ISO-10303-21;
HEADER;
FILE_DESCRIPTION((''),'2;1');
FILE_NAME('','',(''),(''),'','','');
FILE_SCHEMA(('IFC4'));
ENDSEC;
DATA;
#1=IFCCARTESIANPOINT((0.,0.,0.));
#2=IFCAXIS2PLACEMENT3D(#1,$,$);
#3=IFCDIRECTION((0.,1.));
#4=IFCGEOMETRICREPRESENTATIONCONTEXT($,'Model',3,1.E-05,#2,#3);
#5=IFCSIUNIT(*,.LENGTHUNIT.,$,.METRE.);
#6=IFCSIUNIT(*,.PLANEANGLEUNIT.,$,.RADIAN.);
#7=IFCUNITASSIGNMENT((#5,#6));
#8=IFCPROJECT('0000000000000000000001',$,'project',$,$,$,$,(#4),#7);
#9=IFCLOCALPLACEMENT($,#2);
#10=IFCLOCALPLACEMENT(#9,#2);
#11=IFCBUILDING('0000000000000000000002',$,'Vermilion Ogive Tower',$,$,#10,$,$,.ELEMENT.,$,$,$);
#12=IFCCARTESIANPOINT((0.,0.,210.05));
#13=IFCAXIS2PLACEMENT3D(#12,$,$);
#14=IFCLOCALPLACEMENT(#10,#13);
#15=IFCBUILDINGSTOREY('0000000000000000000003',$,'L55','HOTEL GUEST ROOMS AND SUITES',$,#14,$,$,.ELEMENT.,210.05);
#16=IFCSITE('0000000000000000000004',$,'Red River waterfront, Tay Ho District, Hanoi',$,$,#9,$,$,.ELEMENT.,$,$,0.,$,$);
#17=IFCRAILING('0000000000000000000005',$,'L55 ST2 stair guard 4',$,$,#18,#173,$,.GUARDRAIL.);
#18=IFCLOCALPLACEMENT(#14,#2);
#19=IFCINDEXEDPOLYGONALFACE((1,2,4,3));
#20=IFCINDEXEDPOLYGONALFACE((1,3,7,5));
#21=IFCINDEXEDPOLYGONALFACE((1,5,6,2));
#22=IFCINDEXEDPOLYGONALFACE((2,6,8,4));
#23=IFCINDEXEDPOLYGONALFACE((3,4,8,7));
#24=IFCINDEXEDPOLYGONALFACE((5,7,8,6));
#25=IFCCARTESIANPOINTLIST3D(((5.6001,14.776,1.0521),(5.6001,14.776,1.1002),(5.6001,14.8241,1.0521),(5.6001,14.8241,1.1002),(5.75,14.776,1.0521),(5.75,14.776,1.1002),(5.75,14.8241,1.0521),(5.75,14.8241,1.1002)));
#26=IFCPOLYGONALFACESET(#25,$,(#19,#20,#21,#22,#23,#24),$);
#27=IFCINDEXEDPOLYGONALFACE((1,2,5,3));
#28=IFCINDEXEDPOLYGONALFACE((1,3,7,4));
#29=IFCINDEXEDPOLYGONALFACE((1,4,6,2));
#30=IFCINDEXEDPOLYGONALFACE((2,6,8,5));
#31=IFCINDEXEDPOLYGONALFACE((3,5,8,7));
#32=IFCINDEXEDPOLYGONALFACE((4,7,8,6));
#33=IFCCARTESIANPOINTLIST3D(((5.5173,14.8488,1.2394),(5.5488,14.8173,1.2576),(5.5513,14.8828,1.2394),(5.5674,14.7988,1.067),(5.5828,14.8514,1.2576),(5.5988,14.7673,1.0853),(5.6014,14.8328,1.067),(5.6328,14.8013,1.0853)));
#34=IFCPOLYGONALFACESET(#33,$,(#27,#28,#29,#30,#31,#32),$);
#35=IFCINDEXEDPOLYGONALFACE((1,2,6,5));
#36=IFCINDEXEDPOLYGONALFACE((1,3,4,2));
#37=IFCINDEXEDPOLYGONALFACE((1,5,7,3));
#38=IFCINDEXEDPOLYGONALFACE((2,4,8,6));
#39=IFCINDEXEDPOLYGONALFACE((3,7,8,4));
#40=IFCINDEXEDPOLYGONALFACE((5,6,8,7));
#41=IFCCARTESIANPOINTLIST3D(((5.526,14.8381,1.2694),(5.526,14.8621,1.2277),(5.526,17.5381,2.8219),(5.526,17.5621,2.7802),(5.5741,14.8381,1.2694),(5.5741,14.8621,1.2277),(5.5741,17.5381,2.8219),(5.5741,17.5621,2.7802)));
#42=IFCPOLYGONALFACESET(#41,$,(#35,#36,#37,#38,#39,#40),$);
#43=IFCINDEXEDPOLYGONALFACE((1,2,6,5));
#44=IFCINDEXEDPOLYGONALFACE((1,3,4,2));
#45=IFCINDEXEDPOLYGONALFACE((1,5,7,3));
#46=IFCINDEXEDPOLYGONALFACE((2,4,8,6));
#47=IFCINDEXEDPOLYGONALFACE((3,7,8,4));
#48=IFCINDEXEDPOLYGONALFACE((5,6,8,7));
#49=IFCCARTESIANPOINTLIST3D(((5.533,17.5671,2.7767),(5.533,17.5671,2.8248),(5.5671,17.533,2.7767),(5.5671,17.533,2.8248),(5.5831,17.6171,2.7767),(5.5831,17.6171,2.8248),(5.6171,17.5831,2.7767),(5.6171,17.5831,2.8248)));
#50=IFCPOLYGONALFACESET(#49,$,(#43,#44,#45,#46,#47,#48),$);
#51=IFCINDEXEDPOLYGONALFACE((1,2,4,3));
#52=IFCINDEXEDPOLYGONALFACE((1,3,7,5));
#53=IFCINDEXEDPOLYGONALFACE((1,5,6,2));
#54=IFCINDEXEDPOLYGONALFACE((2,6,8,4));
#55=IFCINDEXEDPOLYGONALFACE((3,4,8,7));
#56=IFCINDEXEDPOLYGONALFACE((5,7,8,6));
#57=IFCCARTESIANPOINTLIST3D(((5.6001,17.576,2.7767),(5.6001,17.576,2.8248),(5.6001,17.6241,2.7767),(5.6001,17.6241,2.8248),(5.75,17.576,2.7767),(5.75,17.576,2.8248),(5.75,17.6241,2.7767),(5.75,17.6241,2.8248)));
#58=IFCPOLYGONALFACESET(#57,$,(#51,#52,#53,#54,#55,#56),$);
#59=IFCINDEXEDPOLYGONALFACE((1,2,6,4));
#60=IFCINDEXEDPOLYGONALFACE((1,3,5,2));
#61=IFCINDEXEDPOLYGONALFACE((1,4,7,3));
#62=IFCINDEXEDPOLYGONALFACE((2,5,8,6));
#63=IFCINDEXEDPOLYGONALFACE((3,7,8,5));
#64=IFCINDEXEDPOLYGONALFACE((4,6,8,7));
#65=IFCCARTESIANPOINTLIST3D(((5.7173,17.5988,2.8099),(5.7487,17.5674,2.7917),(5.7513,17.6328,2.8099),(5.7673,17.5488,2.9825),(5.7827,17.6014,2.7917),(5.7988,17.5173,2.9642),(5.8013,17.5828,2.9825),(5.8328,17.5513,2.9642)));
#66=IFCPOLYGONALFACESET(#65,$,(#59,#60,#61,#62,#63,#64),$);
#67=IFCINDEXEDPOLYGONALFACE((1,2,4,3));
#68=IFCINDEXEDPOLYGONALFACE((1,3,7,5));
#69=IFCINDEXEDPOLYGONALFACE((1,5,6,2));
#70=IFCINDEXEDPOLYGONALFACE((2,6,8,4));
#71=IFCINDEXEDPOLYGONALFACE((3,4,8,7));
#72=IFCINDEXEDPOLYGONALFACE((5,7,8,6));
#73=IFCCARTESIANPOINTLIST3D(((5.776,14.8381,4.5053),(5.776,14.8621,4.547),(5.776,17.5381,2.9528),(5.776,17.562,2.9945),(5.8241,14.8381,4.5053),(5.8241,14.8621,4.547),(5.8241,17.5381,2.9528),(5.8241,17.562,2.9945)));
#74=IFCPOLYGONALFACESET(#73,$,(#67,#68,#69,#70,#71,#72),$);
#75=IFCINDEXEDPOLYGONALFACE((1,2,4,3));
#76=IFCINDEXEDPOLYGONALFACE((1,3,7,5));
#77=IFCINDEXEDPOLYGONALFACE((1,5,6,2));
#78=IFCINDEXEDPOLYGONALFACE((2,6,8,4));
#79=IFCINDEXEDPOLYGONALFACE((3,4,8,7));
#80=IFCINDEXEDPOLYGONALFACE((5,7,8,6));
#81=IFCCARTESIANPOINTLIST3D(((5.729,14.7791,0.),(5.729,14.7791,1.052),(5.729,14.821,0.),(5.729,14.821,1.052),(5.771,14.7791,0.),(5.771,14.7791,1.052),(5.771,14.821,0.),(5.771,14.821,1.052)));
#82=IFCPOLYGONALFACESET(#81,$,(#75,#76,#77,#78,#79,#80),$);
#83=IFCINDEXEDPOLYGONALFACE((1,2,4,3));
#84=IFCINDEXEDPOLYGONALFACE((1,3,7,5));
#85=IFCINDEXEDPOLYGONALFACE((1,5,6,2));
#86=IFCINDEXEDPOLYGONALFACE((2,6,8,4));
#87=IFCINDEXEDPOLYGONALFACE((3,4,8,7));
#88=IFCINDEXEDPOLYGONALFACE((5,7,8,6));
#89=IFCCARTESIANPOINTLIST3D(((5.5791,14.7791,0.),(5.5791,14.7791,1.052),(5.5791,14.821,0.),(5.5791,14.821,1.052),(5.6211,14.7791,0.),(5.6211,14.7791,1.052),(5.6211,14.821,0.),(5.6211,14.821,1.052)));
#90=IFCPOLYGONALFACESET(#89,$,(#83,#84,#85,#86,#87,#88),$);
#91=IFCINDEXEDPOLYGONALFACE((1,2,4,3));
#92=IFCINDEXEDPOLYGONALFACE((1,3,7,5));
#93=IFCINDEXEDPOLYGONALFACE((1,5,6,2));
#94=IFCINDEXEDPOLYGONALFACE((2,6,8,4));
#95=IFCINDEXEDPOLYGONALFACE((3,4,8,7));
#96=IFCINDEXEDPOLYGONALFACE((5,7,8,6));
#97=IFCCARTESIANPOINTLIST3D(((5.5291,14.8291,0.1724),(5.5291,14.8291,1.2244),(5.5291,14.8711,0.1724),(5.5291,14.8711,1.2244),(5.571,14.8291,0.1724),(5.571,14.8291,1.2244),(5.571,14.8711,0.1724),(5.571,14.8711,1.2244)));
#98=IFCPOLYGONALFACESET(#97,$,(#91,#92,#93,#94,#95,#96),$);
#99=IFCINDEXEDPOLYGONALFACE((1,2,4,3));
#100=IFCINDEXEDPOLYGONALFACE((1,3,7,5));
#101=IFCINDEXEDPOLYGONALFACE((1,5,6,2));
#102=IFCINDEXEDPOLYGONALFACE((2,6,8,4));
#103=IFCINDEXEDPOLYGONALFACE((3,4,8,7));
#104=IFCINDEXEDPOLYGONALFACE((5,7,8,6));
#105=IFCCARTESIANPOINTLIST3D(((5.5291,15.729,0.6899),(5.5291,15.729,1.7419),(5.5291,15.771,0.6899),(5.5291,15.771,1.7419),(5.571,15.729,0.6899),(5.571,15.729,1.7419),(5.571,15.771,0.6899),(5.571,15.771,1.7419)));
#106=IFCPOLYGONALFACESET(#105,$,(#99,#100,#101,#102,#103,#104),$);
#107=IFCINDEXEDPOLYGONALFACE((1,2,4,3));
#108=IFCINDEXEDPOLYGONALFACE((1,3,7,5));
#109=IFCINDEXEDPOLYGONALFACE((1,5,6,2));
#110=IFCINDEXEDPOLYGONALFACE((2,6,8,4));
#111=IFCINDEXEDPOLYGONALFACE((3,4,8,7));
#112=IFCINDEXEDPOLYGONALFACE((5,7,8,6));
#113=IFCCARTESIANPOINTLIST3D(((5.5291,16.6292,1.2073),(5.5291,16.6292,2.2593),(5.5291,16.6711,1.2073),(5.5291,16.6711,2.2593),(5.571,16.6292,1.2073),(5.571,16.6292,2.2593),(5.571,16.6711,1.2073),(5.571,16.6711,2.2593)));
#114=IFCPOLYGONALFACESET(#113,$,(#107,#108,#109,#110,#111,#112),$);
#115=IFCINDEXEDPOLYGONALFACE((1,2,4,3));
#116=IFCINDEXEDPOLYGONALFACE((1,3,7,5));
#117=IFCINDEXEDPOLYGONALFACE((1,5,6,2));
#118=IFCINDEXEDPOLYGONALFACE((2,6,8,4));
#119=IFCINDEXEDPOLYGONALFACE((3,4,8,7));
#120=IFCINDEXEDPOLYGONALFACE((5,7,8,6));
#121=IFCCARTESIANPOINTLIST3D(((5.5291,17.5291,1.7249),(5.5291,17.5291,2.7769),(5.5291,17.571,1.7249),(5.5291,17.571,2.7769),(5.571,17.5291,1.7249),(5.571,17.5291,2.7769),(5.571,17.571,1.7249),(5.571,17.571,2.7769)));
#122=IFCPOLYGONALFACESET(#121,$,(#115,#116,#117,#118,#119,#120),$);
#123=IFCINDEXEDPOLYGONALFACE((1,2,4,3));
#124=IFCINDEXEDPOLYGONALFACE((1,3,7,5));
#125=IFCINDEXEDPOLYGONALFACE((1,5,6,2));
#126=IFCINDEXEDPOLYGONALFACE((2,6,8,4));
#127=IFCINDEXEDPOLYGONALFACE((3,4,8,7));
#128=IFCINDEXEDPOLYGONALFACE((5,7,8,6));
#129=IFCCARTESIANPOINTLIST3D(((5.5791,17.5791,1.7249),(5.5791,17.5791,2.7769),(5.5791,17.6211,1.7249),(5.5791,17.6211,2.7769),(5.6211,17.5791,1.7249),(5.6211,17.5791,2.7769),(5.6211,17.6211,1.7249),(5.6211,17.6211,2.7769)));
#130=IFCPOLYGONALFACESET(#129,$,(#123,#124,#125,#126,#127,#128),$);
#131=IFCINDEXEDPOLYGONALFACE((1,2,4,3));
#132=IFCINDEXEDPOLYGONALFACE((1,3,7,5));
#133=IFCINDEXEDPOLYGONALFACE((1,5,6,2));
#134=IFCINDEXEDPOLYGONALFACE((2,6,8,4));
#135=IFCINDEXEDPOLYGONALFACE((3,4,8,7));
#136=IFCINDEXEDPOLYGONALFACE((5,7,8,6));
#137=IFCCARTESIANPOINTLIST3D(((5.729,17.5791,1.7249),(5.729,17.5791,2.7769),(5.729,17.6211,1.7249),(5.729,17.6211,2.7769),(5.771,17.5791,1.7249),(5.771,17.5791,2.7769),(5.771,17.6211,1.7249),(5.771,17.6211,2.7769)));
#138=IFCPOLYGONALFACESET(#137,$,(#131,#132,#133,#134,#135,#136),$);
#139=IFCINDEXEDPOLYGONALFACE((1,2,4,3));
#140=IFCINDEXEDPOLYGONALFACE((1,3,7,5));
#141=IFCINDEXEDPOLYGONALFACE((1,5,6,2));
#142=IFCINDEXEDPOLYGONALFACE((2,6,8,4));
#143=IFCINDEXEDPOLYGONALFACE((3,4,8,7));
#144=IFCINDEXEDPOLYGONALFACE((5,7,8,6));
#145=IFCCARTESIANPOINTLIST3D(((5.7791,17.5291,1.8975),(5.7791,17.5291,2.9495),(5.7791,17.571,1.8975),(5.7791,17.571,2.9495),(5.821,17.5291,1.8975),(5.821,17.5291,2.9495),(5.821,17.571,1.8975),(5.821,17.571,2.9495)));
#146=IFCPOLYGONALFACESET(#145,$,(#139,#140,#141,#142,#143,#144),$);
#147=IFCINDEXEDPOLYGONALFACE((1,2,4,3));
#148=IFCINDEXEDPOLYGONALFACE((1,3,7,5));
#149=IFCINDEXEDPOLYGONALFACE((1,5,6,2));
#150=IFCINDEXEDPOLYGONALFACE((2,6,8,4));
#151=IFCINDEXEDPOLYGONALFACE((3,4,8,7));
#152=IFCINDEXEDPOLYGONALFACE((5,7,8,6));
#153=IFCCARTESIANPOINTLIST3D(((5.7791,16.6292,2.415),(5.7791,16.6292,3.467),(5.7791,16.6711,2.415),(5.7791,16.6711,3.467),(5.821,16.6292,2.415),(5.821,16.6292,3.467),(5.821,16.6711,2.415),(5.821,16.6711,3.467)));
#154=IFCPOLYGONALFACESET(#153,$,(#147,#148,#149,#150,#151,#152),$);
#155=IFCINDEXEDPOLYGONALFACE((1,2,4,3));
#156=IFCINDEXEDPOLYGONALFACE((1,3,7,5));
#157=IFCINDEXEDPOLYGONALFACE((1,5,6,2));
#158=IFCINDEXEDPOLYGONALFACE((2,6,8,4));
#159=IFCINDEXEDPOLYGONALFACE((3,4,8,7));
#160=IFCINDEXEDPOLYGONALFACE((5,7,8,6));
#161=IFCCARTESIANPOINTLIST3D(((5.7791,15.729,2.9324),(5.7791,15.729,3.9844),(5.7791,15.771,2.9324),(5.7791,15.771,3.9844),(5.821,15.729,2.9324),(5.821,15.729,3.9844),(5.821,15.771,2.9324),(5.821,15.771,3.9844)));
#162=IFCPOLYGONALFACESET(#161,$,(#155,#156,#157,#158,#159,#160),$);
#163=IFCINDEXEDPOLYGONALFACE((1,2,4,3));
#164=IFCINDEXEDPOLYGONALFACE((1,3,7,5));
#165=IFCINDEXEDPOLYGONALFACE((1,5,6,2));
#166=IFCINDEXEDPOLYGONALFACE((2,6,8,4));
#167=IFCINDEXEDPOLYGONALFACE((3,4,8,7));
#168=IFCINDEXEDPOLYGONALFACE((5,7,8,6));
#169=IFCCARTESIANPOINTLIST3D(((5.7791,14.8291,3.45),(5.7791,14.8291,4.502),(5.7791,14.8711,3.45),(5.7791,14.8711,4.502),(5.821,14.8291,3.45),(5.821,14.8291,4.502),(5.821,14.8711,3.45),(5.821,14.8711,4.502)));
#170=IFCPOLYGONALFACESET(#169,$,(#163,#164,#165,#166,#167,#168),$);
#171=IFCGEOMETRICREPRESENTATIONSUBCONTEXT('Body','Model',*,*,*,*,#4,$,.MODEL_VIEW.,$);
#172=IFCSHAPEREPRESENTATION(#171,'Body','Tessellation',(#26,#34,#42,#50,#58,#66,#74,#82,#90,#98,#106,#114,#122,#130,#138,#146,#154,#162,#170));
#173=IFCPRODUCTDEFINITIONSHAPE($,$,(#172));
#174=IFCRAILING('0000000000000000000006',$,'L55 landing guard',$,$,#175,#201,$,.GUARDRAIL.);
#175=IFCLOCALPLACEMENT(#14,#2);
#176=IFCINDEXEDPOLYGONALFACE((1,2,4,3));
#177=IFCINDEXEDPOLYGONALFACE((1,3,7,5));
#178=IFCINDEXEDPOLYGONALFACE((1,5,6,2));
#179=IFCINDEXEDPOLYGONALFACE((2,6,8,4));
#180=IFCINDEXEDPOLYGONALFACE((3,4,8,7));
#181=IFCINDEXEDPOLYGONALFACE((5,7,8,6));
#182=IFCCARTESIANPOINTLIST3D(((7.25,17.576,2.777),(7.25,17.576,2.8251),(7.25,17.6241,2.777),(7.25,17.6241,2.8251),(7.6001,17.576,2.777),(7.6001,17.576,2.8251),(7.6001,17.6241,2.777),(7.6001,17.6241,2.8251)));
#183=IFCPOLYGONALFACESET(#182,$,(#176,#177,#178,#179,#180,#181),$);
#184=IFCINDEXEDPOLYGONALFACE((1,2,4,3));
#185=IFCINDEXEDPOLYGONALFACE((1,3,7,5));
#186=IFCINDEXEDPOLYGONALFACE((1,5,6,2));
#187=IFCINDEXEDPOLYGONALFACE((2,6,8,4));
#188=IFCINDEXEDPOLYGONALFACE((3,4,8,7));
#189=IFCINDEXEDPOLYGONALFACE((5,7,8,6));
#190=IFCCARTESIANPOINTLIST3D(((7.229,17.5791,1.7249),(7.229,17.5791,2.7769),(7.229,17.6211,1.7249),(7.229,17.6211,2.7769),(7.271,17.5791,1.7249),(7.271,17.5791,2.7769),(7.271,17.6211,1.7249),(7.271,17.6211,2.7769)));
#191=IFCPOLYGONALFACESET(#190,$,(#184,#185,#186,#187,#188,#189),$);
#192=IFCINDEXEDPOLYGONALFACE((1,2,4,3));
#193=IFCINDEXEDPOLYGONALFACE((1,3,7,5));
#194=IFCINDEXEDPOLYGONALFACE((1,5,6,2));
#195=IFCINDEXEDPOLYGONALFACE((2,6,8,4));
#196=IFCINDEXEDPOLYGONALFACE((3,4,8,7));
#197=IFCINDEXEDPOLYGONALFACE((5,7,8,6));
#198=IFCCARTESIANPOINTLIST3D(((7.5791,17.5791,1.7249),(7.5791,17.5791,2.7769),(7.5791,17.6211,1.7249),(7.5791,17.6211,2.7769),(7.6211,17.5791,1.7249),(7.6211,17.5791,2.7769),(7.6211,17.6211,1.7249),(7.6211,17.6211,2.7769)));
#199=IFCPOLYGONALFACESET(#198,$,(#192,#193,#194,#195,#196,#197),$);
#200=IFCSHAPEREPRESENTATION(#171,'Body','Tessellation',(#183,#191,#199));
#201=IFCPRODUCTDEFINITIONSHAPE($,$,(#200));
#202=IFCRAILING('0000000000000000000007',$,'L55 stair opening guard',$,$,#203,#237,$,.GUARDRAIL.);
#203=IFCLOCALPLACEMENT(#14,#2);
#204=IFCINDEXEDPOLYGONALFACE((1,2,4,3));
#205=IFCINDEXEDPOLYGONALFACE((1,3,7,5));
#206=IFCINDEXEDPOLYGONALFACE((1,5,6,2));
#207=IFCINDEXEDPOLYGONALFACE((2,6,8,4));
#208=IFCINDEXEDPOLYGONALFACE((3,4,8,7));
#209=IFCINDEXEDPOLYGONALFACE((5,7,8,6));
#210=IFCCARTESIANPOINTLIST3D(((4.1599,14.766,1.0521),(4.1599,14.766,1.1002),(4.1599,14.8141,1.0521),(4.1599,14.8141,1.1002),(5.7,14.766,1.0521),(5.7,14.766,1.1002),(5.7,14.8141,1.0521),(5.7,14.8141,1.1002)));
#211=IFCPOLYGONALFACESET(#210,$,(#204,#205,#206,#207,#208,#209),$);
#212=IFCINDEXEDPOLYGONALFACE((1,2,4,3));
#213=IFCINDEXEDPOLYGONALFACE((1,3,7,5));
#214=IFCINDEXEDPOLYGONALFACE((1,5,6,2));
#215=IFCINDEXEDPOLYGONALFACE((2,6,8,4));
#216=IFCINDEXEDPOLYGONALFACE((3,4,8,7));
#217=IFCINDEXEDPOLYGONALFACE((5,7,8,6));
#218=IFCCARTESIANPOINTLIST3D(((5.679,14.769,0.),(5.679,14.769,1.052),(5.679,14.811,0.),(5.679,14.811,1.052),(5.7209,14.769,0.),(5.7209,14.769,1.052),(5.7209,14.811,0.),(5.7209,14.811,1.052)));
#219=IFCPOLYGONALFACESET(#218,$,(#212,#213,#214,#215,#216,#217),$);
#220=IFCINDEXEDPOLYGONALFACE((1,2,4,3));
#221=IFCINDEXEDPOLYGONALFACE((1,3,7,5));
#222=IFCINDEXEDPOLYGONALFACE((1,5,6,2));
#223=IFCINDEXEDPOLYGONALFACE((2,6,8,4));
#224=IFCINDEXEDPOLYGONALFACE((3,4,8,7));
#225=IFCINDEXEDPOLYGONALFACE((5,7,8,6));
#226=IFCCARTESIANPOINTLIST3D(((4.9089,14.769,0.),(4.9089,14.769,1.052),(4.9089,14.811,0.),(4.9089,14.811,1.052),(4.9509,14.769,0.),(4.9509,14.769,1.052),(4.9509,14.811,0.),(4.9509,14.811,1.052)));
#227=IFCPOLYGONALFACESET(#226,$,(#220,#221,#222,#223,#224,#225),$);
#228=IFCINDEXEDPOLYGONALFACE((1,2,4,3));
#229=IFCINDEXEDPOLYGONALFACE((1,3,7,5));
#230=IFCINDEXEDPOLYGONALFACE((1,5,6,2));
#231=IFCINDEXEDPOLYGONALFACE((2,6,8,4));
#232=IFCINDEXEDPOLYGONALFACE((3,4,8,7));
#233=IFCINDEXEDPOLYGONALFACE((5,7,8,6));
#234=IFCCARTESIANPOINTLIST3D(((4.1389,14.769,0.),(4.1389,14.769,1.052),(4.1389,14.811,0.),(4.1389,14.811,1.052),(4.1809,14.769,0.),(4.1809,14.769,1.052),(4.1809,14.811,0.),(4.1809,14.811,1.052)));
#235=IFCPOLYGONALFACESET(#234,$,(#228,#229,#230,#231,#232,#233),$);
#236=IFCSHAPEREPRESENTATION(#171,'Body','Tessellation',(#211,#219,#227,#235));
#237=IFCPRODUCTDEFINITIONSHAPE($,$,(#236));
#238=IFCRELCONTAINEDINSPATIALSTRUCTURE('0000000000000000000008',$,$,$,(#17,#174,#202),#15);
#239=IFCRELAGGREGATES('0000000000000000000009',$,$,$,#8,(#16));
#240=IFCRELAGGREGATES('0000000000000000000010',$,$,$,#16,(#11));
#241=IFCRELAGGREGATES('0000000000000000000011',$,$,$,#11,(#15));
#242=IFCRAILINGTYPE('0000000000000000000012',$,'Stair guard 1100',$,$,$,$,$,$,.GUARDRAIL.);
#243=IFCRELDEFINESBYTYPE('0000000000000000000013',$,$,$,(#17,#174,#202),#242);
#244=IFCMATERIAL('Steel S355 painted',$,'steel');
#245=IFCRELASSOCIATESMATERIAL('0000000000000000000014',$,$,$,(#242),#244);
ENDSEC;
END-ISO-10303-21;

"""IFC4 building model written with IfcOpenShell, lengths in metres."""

from ifc_helpers import new_model, si_unit, direction, frame, origin, origin_2d, place, context, subcontext, project, spatial, rectangle, extrude, material, type_object, element, save


model = new_model("IFC4")

# Units and contexts
model_context = context("Model", 3, precision=1e-05, world=origin(), true_north=direction((0.0, 1.0)))
body_context = subcontext(model_context, "Body", "Model", "MODEL_VIEW")
ifc_project = project(units=[si_unit("LENGTHUNIT", "METRE"), si_unit("PLANEANGLEUNIT", "RADIAN")], contexts=[model_context])

# Site, building, storey
site_placement = place(None, origin())
site = spatial("IfcSite", under=ifc_project, at=site_placement, Name="Red River waterfront, Tay Ho District, Hanoi", CompositionType="ELEMENT", RefElevation=0.0)
building_placement = place(site_placement, origin())
building = spatial("IfcBuilding", under=site, at=building_placement, Name="Vermilion Ogive Tower", CompositionType="ELEMENT")
storey_placement = place(building_placement, frame((0.0, 0.0, 210.05)))
storey = spatial("IfcBuildingStorey", under=building, at=storey_placement, Name="L55", Description="HOTEL GUEST ROOMS AND SUITES", CompositionType="ELEMENT", Elevation=210.05)

# Railings
ifc_material_1 = material(Name="Steel S355 painted", Category="steel")
railing_type_1 = type_object("IfcRailingType", Name="Stair guard 1100", PredefinedType="GUARDRAIL", material=ifc_material_1)
railing_1_placement = place(storey_placement, frame((5.75, 14.8, 0.0)))
element("IfcRailing", 1, at=railing_1_placement, inside=storey, type_object=railing_type_1, Name="L55 ST2 stair guard 4", PredefinedType="GUARDRAIL", context=body_context, shape_type="SweptSolid", body=[
    extrude(rectangle(XDim=0.0481, YDim=0.0481, at=origin_2d()), frame((0.0, 0.0, 1.0762), z_axis=(-1.0, 0.0, 0.0), x_axis=(0.0, -1.0, 0.0)), (0.0, 0.0, 1.0), 0.1499),
    extrude(rectangle(XDim=0.0481, YDim=0.0481, at=origin_2d()), frame((-0.1499, 0.0, 1.0762), z_axis=(-0.268603, 0.268603, 0.925043), x_axis=(-0.707107, -0.707107, 0.0)), (0.0, 0.0, 1.0), 0.1863),
    extrude(rectangle(XDim=0.0481, YDim=0.0481, at=origin_2d()), frame((-0.2, 0.05, 1.2485), z_axis=(0.0, 0.866904, 0.498476), x_axis=(-1.0, 0.0, 0.0)), (0.0, 0.0, 1.0), 3.1145),
    extrude(rectangle(XDim=0.0481, YDim=0.0481, at=origin_2d()), frame((-0.2, 2.75, 2.8008), z_axis=(0.707107, 0.707107, 0.0), x_axis=(-0.707107, 0.707107, 0.0)), (0.0, 0.0, 1.0), 0.0708),
    extrude(rectangle(XDim=0.0481, YDim=0.0481, at=origin_2d()), frame((-0.1499, 2.8, 2.8008), z_axis=(1.0, 0.0, 0.0), x_axis=(0.0, 1.0, 0.0)), (0.0, 0.0, 1.0), 0.1499),
    extrude(rectangle(XDim=0.0481, YDim=0.0481, at=origin_2d()), frame((0.0, 2.8, 2.8008), z_axis=(0.268278, -0.268278, 0.925232), x_axis=(0.707107, 0.707107, 0.0)), (0.0, 0.0, 1.0), 0.1865),
    extrude(rectangle(XDim=0.0481, YDim=0.0481, at=origin_2d()), frame((0.05, 2.75, 2.9736), z_axis=(0.0, -0.866904, 0.498476), x_axis=(1.0, 0.0, 0.0)), (0.0, 0.0, 1.0), 3.1145),
    extrude(rectangle(XDim=0.042, YDim=0.042, at=origin_2d()), origin(), (0.0, 0.0, 1.0), 1.052),
    extrude(rectangle(XDim=0.042, YDim=0.042, at=origin_2d()), frame((-0.1499, 0.0, 0.0)), (0.0, 0.0, 1.0), 1.052),
    extrude(rectangle(XDim=0.042, YDim=0.042, at=origin_2d()), frame((-0.2, 0.05, 0.1724)), (0.0, 0.0, 1.0), 1.052),
    extrude(rectangle(XDim=0.042, YDim=0.042, at=origin_2d()), frame((-0.2, 0.95, 0.6899)), (0.0, 0.0, 1.0), 1.052),
    extrude(rectangle(XDim=0.042, YDim=0.042, at=origin_2d()), frame((-0.2, 1.8501, 1.2073)), (0.0, 0.0, 1.0), 1.052),
    extrude(rectangle(XDim=0.042, YDim=0.042, at=origin_2d()), frame((-0.2, 2.75, 1.7249)), (0.0, 0.0, 1.0), 1.052),
    extrude(rectangle(XDim=0.042, YDim=0.042, at=origin_2d()), frame((-0.1499, 2.8, 1.7249)), (0.0, 0.0, 1.0), 1.052),
    extrude(rectangle(XDim=0.042, YDim=0.042, at=origin_2d()), frame((0.0, 2.8, 1.7249)), (0.0, 0.0, 1.0), 1.052),
    extrude(rectangle(XDim=0.042, YDim=0.042, at=origin_2d()), frame((0.05, 2.75, 1.8975)), (0.0, 0.0, 1.0), 1.052),
    extrude(rectangle(XDim=0.042, YDim=0.042, at=origin_2d()), frame((0.05, 1.8501, 2.415)), (0.0, 0.0, 1.0), 1.052),
    extrude(rectangle(XDim=0.042, YDim=0.042, at=origin_2d()), frame((0.05, 0.95, 2.9324)), (0.0, 0.0, 1.0), 1.052),
    extrude(rectangle(XDim=0.042, YDim=0.042, at=origin_2d()), frame((0.05, 0.05, 3.45)), (0.0, 0.0, 1.0), 1.052),
])
railing_2_placement = place(storey_placement, frame((7.25, 17.6001, 1.7249)))
element("IfcRailing", 2, at=railing_2_placement, inside=storey, type_object=railing_type_1, Name="L55 landing guard", PredefinedType="GUARDRAIL", context=body_context, shape_type="SweptSolid", body=[
    extrude(rectangle(XDim=0.0481, YDim=0.0481, at=origin_2d()), frame((0.0, 0.0, 1.0762), z_axis=(1.0, 0.0, 0.0), x_axis=(0.0, 1.0, 0.0)), (0.0, 0.0, 1.0), 0.3501),
    extrude(rectangle(XDim=0.042, YDim=0.042, at=origin_2d()), origin(), (0.0, 0.0, 1.0), 1.052),
    extrude(rectangle(XDim=0.042, YDim=0.042, at=origin_2d()), frame((0.3501, 0.0, 0.0)), (0.0, 0.0, 1.0), 1.052),
])
railing_3_placement = place(storey_placement, frame((5.7, 14.79, 0.0)))
element("IfcRailing", 3, at=railing_3_placement, inside=storey, type_object=railing_type_1, Name="L55 stair opening guard", PredefinedType="GUARDRAIL", context=body_context, shape_type="SweptSolid", body=[
    extrude(rectangle(XDim=0.0481, YDim=0.0481, at=origin_2d()), frame((0.0, 0.0, 1.0762), z_axis=(-1.0, 0.0, 0.0), x_axis=(0.0, -1.0, 0.0)), (0.0, 0.0, 1.0), 1.54),
    extrude(rectangle(XDim=0.042, YDim=0.042, at=origin_2d()), origin(), (0.0, 0.0, 1.0), 1.052),
    extrude(rectangle(XDim=0.042, YDim=0.042, at=origin_2d()), frame((-0.77, 0.0, 0.0)), (0.0, 0.0, 1.0), 1.052),
    extrude(rectangle(XDim=0.042, YDim=0.042, at=origin_2d()), frame((-1.54, 0.0, 0.0)), (0.0, 0.0, 1.0), 1.052),
])

save(model, "model.ifc")
